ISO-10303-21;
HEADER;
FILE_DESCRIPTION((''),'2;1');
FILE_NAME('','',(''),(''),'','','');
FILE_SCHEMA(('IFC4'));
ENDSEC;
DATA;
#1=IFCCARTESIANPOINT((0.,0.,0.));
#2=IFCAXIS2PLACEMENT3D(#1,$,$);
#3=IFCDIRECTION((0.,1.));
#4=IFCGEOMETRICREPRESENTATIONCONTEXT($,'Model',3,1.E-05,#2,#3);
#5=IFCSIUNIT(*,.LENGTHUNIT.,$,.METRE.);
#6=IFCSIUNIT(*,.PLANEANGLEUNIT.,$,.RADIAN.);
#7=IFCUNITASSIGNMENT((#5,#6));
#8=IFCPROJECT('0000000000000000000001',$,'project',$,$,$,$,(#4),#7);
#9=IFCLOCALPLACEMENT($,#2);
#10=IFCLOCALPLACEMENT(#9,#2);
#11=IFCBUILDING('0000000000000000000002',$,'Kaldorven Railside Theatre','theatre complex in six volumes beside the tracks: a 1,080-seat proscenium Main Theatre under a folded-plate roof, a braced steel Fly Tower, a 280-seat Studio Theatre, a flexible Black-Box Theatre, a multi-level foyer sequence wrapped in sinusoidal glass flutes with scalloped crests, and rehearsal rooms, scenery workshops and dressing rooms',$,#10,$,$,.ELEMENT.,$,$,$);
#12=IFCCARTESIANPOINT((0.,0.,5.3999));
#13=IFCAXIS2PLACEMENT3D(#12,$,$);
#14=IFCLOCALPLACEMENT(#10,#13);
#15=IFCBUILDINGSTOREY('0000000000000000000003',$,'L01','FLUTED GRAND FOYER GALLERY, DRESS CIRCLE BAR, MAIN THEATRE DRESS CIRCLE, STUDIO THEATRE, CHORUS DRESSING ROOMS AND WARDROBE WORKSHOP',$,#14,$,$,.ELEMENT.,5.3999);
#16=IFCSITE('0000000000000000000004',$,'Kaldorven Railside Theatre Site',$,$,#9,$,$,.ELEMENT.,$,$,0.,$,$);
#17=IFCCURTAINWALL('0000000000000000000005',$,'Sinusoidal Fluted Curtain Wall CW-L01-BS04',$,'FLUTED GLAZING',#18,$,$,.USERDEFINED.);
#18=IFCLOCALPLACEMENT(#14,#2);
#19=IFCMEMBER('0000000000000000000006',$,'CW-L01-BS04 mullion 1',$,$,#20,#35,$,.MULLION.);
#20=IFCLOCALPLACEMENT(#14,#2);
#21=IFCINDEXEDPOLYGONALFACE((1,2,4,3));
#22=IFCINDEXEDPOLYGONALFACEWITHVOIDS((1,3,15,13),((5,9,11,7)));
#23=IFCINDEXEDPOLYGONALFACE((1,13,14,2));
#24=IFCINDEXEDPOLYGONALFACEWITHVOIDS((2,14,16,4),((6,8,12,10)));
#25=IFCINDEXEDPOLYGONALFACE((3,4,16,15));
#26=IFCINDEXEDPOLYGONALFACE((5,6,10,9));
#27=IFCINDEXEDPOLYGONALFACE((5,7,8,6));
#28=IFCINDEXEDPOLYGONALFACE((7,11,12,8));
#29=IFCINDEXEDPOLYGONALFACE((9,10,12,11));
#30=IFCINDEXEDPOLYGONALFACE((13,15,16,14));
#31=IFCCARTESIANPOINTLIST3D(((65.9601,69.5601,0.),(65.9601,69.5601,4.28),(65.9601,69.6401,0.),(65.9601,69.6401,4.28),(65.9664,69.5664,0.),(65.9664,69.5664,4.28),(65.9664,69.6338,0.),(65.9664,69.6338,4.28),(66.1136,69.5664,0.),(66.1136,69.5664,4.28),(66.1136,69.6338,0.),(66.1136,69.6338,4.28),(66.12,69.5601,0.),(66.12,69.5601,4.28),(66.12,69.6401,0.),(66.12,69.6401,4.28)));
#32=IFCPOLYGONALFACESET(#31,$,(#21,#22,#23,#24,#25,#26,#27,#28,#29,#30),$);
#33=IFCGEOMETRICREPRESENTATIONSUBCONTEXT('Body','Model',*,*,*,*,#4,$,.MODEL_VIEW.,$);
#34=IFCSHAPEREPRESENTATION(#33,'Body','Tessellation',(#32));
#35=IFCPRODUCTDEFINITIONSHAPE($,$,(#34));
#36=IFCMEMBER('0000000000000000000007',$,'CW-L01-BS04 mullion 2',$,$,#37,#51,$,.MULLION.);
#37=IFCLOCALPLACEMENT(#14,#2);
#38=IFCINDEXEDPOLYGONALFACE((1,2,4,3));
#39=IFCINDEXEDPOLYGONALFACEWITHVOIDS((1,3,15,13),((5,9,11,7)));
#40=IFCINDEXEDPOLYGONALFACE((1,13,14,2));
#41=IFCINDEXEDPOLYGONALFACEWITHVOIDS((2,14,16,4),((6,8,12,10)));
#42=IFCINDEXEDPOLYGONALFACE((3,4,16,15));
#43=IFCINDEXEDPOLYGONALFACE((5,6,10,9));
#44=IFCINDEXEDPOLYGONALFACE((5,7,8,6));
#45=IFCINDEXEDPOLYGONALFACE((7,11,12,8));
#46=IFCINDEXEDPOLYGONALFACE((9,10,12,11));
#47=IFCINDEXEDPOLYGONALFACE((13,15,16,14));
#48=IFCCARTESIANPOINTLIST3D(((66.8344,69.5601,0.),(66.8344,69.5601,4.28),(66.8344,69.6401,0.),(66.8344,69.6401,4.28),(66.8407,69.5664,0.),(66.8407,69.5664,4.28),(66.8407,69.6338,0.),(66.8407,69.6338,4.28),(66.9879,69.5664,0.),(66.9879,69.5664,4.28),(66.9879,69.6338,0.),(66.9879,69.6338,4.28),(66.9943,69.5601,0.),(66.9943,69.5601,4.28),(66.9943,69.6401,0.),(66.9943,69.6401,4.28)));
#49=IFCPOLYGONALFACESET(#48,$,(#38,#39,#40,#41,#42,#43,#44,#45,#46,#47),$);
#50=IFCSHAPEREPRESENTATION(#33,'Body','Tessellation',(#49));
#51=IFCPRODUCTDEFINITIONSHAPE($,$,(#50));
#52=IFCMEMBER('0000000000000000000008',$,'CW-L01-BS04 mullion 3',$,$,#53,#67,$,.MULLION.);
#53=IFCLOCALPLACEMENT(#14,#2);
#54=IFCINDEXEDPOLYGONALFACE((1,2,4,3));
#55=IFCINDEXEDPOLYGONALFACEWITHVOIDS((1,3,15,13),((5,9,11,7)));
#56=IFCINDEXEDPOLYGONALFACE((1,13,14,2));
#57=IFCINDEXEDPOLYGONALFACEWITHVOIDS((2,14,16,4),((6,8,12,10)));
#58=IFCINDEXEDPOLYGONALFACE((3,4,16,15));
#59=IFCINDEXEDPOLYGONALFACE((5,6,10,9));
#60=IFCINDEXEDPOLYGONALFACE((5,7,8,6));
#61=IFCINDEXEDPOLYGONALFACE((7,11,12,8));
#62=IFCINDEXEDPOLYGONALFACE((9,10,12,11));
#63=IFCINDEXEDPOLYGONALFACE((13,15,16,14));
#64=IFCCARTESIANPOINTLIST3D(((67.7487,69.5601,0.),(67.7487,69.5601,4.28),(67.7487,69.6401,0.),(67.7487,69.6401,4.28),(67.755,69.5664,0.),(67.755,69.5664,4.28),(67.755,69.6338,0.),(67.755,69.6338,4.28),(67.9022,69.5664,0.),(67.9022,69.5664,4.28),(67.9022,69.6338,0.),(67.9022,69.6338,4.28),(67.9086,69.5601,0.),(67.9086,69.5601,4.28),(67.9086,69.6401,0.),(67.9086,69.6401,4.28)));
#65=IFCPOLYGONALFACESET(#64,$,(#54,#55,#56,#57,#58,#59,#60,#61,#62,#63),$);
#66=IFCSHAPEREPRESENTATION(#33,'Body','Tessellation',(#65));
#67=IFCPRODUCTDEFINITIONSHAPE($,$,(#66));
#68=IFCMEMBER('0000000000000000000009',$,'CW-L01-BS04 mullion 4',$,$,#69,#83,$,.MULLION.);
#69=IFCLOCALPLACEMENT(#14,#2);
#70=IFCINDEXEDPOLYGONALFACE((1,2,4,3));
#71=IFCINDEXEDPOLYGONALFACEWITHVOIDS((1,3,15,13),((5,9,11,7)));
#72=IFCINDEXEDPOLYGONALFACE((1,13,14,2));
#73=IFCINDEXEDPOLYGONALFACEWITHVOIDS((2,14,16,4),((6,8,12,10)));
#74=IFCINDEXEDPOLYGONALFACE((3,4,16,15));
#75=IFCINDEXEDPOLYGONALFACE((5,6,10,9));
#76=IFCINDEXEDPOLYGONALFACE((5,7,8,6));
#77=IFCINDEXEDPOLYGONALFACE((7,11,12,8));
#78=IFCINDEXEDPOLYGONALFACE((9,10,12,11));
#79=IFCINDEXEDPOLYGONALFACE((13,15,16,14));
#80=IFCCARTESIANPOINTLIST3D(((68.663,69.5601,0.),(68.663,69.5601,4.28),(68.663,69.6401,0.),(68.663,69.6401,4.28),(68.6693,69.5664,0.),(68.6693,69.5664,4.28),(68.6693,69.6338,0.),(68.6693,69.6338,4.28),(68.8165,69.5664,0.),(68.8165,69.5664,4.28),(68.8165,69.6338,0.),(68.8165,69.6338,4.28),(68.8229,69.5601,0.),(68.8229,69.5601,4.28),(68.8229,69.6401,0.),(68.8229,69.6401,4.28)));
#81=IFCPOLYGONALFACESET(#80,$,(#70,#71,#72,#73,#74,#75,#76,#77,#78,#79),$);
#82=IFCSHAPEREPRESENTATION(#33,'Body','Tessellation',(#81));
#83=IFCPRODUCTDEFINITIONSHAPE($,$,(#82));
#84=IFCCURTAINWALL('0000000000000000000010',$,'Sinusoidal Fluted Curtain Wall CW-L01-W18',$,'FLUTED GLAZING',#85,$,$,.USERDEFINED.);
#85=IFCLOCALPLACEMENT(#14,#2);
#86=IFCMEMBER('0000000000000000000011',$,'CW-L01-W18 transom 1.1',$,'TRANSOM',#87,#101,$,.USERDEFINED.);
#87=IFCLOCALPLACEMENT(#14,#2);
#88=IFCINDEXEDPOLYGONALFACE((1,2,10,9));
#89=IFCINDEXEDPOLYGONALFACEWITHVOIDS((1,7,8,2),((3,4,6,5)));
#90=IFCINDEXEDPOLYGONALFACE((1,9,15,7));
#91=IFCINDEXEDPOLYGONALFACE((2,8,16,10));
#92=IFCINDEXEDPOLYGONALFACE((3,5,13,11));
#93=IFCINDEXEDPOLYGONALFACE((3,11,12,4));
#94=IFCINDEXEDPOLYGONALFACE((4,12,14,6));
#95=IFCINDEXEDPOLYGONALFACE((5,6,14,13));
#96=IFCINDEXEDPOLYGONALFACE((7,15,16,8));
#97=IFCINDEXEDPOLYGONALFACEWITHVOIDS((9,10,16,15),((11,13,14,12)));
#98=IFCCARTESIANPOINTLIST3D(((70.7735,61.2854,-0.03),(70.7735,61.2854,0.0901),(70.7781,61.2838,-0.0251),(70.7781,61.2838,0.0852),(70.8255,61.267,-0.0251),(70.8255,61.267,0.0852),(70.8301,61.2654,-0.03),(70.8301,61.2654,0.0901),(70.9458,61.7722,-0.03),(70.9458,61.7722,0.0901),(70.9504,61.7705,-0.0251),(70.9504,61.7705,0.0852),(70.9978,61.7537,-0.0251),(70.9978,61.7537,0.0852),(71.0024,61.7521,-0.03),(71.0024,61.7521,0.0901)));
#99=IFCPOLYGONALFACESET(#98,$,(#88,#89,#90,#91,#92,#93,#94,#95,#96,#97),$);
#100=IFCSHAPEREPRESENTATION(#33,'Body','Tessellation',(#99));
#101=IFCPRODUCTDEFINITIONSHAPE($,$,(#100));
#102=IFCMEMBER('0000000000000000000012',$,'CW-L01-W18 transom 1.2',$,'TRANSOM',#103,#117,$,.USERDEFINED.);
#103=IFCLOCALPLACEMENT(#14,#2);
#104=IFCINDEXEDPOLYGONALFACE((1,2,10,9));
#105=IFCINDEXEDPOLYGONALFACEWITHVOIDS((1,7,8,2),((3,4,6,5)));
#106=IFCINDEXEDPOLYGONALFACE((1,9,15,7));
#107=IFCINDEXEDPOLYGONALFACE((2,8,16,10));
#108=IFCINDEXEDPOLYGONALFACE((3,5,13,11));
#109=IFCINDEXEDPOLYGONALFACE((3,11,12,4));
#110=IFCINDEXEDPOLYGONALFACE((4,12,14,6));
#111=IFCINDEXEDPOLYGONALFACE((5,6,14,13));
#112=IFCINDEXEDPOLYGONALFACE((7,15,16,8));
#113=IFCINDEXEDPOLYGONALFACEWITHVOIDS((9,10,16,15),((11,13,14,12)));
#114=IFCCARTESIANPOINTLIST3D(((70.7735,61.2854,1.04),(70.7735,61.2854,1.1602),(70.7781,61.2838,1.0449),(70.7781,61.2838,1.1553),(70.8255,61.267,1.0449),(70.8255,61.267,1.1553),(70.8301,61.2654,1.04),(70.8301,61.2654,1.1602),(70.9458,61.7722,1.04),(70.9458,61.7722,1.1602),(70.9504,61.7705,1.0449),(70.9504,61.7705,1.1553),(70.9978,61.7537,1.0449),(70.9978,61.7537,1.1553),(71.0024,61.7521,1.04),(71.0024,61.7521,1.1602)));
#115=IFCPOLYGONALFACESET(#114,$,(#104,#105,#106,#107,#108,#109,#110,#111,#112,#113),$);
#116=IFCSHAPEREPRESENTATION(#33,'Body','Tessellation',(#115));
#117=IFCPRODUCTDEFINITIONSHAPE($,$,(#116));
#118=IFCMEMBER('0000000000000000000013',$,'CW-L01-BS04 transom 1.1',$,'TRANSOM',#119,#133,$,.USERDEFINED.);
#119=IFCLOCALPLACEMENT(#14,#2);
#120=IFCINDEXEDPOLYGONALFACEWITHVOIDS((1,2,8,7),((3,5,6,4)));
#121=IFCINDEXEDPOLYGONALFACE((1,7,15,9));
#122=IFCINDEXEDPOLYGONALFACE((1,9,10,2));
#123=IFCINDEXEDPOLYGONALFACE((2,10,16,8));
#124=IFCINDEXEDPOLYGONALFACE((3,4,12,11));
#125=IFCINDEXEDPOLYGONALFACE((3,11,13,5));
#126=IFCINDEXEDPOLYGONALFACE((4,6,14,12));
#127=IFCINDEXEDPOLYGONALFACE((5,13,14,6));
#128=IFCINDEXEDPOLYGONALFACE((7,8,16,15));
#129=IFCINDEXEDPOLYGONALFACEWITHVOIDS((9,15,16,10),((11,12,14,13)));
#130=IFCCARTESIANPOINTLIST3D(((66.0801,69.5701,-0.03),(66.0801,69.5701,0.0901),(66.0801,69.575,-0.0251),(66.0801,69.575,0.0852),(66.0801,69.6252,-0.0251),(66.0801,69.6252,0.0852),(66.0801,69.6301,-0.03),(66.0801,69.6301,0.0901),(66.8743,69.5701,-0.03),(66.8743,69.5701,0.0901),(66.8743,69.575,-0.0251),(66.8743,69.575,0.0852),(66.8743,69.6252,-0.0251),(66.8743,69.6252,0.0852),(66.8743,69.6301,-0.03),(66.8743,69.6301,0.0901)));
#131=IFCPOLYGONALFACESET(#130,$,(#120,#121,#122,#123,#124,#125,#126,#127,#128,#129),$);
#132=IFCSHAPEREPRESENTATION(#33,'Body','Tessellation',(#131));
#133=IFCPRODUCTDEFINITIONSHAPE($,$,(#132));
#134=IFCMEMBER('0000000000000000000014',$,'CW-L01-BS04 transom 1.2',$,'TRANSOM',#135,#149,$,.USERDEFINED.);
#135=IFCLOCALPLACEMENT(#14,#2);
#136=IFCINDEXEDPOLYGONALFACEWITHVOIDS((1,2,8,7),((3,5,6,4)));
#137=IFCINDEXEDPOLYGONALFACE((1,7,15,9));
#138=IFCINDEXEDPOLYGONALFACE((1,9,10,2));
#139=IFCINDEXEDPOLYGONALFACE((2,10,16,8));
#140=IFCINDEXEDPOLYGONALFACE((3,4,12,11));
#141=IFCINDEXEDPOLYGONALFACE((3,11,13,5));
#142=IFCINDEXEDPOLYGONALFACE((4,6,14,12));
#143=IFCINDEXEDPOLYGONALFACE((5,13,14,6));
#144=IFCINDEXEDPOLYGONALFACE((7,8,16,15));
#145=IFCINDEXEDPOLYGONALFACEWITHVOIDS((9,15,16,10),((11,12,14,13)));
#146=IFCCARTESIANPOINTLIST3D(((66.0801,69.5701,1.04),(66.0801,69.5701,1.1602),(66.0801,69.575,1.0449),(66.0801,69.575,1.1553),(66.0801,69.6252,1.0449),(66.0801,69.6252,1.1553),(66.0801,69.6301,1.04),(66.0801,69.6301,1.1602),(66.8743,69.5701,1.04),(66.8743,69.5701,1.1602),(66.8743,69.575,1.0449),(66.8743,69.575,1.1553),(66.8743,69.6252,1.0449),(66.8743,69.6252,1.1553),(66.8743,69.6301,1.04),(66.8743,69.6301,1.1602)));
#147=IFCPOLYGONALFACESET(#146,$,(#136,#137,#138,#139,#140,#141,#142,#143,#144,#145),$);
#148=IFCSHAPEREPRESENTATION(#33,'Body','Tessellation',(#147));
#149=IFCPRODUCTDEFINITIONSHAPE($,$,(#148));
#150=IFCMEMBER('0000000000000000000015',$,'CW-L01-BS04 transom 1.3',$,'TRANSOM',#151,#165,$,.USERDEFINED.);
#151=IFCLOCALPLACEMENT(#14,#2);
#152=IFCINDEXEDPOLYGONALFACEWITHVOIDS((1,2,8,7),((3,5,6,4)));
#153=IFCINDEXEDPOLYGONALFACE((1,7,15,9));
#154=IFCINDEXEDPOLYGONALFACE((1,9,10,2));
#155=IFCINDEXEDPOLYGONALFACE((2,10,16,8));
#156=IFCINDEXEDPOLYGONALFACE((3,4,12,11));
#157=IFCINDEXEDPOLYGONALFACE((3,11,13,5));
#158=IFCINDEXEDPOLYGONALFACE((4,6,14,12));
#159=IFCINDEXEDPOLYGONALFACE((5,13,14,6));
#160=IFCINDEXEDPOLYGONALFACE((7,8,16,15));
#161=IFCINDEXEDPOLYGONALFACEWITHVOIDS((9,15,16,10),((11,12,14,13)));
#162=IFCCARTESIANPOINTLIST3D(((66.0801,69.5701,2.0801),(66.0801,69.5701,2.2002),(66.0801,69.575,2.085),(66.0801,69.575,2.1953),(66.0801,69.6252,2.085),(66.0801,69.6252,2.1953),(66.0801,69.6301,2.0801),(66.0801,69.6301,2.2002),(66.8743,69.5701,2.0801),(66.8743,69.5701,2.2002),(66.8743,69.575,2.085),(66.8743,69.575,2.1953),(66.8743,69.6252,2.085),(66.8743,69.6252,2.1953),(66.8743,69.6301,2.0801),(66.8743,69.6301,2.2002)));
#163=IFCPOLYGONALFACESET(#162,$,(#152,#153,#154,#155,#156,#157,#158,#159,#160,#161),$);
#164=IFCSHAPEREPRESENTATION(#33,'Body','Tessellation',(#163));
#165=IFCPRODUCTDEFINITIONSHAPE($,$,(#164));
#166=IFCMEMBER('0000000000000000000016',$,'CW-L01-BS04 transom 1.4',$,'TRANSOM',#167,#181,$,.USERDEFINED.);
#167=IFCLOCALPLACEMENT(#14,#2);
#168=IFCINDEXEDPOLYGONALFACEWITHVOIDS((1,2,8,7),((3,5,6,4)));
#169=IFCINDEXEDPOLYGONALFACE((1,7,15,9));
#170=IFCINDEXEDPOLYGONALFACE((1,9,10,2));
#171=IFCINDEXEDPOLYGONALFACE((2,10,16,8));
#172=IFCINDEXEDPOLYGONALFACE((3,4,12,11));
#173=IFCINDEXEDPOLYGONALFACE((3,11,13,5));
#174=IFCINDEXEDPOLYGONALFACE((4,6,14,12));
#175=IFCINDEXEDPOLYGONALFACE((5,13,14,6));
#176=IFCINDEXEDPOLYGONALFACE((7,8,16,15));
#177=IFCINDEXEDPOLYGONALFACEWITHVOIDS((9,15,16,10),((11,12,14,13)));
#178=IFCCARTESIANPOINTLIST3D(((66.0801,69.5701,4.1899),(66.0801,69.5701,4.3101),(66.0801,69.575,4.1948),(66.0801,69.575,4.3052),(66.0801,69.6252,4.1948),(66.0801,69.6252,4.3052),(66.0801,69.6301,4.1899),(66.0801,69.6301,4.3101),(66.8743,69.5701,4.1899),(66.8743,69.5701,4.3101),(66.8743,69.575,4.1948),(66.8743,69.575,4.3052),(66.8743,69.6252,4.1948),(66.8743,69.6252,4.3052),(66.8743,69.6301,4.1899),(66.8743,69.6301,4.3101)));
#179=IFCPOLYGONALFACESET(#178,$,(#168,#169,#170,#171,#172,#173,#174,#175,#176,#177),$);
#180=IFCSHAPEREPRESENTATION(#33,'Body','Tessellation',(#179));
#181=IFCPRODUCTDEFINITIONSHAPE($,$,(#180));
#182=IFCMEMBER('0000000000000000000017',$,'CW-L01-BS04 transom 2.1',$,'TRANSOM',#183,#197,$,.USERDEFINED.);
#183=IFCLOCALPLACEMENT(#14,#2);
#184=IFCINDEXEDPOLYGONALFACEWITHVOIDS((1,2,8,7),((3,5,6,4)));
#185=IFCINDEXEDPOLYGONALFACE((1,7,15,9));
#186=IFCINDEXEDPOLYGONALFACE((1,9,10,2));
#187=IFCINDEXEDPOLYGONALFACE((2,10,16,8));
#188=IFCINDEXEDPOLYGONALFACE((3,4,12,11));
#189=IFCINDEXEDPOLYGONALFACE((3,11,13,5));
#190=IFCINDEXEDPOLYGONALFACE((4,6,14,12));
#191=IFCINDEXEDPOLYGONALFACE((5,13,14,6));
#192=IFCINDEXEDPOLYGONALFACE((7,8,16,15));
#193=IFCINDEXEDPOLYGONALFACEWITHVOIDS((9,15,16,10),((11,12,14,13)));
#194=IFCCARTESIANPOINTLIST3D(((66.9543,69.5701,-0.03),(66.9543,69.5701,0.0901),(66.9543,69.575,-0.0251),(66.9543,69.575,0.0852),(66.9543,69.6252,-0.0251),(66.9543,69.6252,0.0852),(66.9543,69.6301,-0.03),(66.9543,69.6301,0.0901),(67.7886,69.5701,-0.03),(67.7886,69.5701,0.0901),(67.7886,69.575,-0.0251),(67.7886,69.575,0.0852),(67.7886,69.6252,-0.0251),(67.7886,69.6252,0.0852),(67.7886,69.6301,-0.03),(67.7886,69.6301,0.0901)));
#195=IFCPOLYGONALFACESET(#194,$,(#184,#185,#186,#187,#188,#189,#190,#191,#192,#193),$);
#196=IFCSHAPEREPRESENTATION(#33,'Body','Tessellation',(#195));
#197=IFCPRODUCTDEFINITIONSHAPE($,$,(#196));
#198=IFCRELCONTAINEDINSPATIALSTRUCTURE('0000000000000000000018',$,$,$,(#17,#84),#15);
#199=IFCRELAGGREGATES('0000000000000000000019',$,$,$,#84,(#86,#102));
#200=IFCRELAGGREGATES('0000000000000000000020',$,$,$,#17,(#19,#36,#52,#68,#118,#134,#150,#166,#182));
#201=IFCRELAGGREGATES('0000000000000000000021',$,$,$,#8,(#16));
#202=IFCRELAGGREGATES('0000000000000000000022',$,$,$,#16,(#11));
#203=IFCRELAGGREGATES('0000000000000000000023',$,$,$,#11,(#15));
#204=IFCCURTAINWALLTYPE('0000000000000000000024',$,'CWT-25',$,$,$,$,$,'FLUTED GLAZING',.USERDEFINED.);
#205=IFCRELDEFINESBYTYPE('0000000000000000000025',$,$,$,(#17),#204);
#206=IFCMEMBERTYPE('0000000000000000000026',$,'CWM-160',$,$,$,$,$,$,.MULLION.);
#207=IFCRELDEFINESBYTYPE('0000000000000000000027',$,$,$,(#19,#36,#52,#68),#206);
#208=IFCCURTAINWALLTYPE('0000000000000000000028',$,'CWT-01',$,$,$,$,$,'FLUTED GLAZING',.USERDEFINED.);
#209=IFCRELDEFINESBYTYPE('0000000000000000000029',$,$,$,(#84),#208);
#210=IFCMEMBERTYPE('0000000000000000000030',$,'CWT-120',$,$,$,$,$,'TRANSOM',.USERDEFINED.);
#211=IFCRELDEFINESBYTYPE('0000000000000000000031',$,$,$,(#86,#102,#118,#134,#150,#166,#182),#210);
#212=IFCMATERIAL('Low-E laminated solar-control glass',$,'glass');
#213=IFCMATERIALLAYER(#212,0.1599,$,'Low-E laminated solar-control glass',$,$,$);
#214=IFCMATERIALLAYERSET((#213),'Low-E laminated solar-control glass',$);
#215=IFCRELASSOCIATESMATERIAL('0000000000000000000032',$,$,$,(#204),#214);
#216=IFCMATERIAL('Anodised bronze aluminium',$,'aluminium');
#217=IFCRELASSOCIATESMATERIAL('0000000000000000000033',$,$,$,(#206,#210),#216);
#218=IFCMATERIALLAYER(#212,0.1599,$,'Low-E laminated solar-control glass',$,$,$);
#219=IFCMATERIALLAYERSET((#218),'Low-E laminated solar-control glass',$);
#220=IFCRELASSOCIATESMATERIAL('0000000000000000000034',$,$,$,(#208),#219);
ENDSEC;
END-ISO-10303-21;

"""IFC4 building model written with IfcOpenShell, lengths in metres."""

from ifc_helpers import new_model, si_unit, direction, frame, origin, origin_2d, place, context, subcontext, project, spatial, hollow_rectangle, extrude, material, layer, layer_set, material_profile, profile_set, type_object, element, aggregate, save


model = new_model("IFC4")

# Units and contexts
model_context = context("Model", 3, precision=1e-05, world=origin(), true_north=direction((0.0, 1.0)))
body_context = subcontext(model_context, "Body", "Model", "MODEL_VIEW")
ifc_project = project(units=[si_unit("LENGTHUNIT", "METRE"), si_unit("PLANEANGLEUNIT", "RADIAN")], contexts=[model_context])

# Site, building, storey
site_placement = place(None, origin())
site = spatial("IfcSite", under=ifc_project, at=site_placement, Name="Kaldorven Railside Theatre Site", CompositionType="ELEMENT", RefElevation=0.0)
building_placement = place(site_placement, origin())
building = spatial("IfcBuilding", under=site, at=building_placement, Name="Kaldorven Railside Theatre", Description="theatre complex in six volumes beside the tracks: a 1,080-seat proscenium Main Theatre under a folded-plate roof, a braced steel Fly Tower, a 280-seat Studio Theatre, a flexible Black-Box Theatre, a multi-level foyer sequence wrapped in sinusoidal glass flutes with scalloped crests, and rehearsal rooms, scenery workshops and dressing rooms", CompositionType="ELEMENT")
storey_placement = place(building_placement, frame((0.0, 0.0, 5.3999)))
storey = spatial("IfcBuildingStorey", under=building, at=storey_placement, Name="L01", Description="FLUTED GRAND FOYER GALLERY, DRESS CIRCLE BAR, MAIN THEATRE DRESS CIRCLE, STUDIO THEATRE, CHORUS DRESSING ROOMS AND WARDROBE WORKSHOP", CompositionType="ELEMENT", Elevation=5.3999)

# Curtain walls, members
ifc_material_1 = material(Name="Low-E laminated solar-control glass", Category="glass")
ifc_layer_1 = layer(ifc_material_1, 0.1599, Name="Low-E laminated solar-control glass")
ifc_layer_set_1 = layer_set([ifc_layer_1], Name="Low-E laminated solar-control glass")
curtain_wall_type_1 = type_object("IfcCurtainWallType", Name="CWT-25", ElementType="FLUTED GLAZING", PredefinedType="USERDEFINED", material=ifc_layer_set_1)
curtain_wall_1_placement = place(storey_placement, origin())
curtain_wall_1 = element("IfcCurtainWall", 1, at=curtain_wall_1_placement, inside=storey, type_object=curtain_wall_type_1, Name="Sinusoidal Fluted Curtain Wall CW-L01-BS04", ObjectType="FLUTED GLAZING", PredefinedType="USERDEFINED")
ifc_material_2 = material(Name="Anodised bronze aluminium", Category="aluminium")
ifc_material_profile_1 = material_profile(ifc_material_2, hollow_rectangle(XDim=0.0801, YDim=0.1599, WallThickness=0.0063, at=origin_2d()), Name="RHS 160x80x6.3")
ifc_profile_set_1 = profile_set([ifc_material_profile_1], Name="Anodised bronze aluminium")
member_type_1 = type_object("IfcMemberType", Name="CWM-160", PredefinedType="MULLION", material=ifc_profile_set_1)
member_1_placement = place(storey_placement, frame((66.04, 69.6001, 0.0), z_axis=(0.0, 0.0, 1.0), x_axis=(0.0, 1.0, 0.0)))
member_1 = element("IfcMember", 2, at=member_1_placement, type_object=member_type_1, Name="CW-L01-BS04 mullion 1", PredefinedType="MULLION", context=body_context, shape_type="SweptSolid", body=[
    extrude(hollow_rectangle(XDim=0.0801, YDim=0.1599, WallThickness=0.0063, at=origin_2d()), origin(), (0.0, 0.0, 1.0), 4.28),
])
member_2_placement = place(storey_placement, frame((66.9143, 69.6001, 0.0), z_axis=(0.0, 0.0, 1.0), x_axis=(0.0, 1.0, 0.0)))
member_2 = element("IfcMember", 3, at=member_2_placement, type_object=member_type_1, Name="CW-L01-BS04 mullion 2", PredefinedType="MULLION", context=body_context, shape_type="SweptSolid", body=[
    extrude(hollow_rectangle(XDim=0.0801, YDim=0.1599, WallThickness=0.0063, at=origin_2d()), origin(), (0.0, 0.0, 1.0), 4.28),
])
member_3_placement = place(storey_placement, frame((67.8286, 69.6001, 0.0), z_axis=(0.0, 0.0, 1.0), x_axis=(0.0, 1.0, 0.0)))
member_3 = element("IfcMember", 4, at=member_3_placement, type_object=member_type_1, Name="CW-L01-BS04 mullion 3", PredefinedType="MULLION", context=body_context, shape_type="SweptSolid", body=[
    extrude(hollow_rectangle(XDim=0.0801, YDim=0.1599, WallThickness=0.0063, at=origin_2d()), origin(), (0.0, 0.0, 1.0), 4.28),
])
member_4_placement = place(storey_placement, frame((68.7429, 69.6001, 0.0), z_axis=(0.0, 0.0, 1.0), x_axis=(0.0, 1.0, 0.0)))
member_4 = element("IfcMember", 5, at=member_4_placement, type_object=member_type_1, Name="CW-L01-BS04 mullion 4", PredefinedType="MULLION", context=body_context, shape_type="SweptSolid", body=[
    extrude(hollow_rectangle(XDim=0.0801, YDim=0.1599, WallThickness=0.0063, at=origin_2d()), origin(), (0.0, 0.0, 1.0), 4.28),
])
ifc_layer_2 = layer(ifc_material_1, 0.1599, Name="Low-E laminated solar-control glass")
ifc_layer_set_2 = layer_set([ifc_layer_2], Name="Low-E laminated solar-control glass")
curtain_wall_type_2 = type_object("IfcCurtainWallType", Name="CWT-01", ElementType="FLUTED GLAZING", PredefinedType="USERDEFINED", material=ifc_layer_set_2)
curtain_wall_2_placement = place(storey_placement, origin())
curtain_wall_2 = element("IfcCurtainWall", 6, at=curtain_wall_2_placement, inside=storey, type_object=curtain_wall_type_2, Name="Sinusoidal Fluted Curtain Wall CW-L01-W18", ObjectType="FLUTED GLAZING", PredefinedType="USERDEFINED")
ifc_material_profile_2 = material_profile(ifc_material_2, hollow_rectangle(XDim=0.0601, YDim=0.1201, WallThickness=0.0049, at=origin_2d()), Name="RHS 120x60x5")
ifc_profile_set_2 = profile_set([ifc_material_profile_2], Name="Anodised bronze aluminium")
member_type_2 = type_object("IfcMemberType", Name="CWT-120", ElementType="TRANSOM", PredefinedType="USERDEFINED", material=ifc_profile_set_2)
member_5_placement = place(storey_placement, frame((70.8018, 61.2754, 0.03), z_axis=(0.33376, 0.942658, 0.0), x_axis=(-0.942658, 0.33376, 0.0)))
member_5 = element("IfcMember", 7, at=member_5_placement, type_object=member_type_2, Name="CW-L01-W18 transom 1.1", ObjectType="TRANSOM", PredefinedType="USERDEFINED", context=body_context, shape_type="SweptSolid", body=[
    extrude(hollow_rectangle(XDim=0.0601, YDim=0.1201, WallThickness=0.0049, at=origin_2d()), origin(), (0.0, 0.0, 1.0), 0.5164),
])
member_6_placement = place(storey_placement, frame((70.8018, 61.2754, 1.1001), z_axis=(0.33376, 0.942658, 0.0), x_axis=(-0.942658, 0.33376, 0.0)))
member_6 = element("IfcMember", 8, at=member_6_placement, type_object=member_type_2, Name="CW-L01-W18 transom 1.2", ObjectType="TRANSOM", PredefinedType="USERDEFINED", context=body_context, shape_type="SweptSolid", body=[
    extrude(hollow_rectangle(XDim=0.0601, YDim=0.1201, WallThickness=0.0049, at=origin_2d()), origin(), (0.0, 0.0, 1.0), 0.5164),
])
aggregate(curtain_wall_2, [member_5, member_6])

# Members
member_7_placement = place(storey_placement, frame((66.0801, 69.6001, 0.03), z_axis=(1.0, 0.0, 0.0), x_axis=(0.0, 1.0, 0.0)))
member_7 = element("IfcMember", 9, at=member_7_placement, type_object=member_type_2, Name="CW-L01-BS04 transom 1.1", ObjectType="TRANSOM", PredefinedType="USERDEFINED", context=body_context, shape_type="SweptSolid", body=[
    extrude(hollow_rectangle(XDim=0.0601, YDim=0.1201, WallThickness=0.0049, at=origin_2d()), origin(), (0.0, 0.0, 1.0), 0.7942),
])
member_8_placement = place(storey_placement, frame((66.0801, 69.6001, 1.1001), z_axis=(1.0, 0.0, 0.0), x_axis=(0.0, 1.0, 0.0)))
member_8 = element("IfcMember", 10, at=member_8_placement, type_object=member_type_2, Name="CW-L01-BS04 transom 1.2", ObjectType="TRANSOM", PredefinedType="USERDEFINED", context=body_context, shape_type="SweptSolid", body=[
    extrude(hollow_rectangle(XDim=0.0601, YDim=0.1201, WallThickness=0.0049, at=origin_2d()), origin(), (0.0, 0.0, 1.0), 0.7942),
])
member_9_placement = place(storey_placement, frame((66.0801, 69.6001, 2.1401), z_axis=(1.0, 0.0, 0.0), x_axis=(0.0, 1.0, 0.0)))
member_9 = element("IfcMember", 11, at=member_9_placement, type_object=member_type_2, Name="CW-L01-BS04 transom 1.3", ObjectType="TRANSOM", PredefinedType="USERDEFINED", context=body_context, shape_type="SweptSolid", body=[
    extrude(hollow_rectangle(XDim=0.0601, YDim=0.1201, WallThickness=0.0049, at=origin_2d()), origin(), (0.0, 0.0, 1.0), 0.7942),
])
member_10_placement = place(storey_placement, frame((66.0801, 69.6001, 4.25), z_axis=(1.0, 0.0, 0.0), x_axis=(0.0, 1.0, 0.0)))
member_10 = element("IfcMember", 12, at=member_10_placement, type_object=member_type_2, Name="CW-L01-BS04 transom 1.4", ObjectType="TRANSOM", PredefinedType="USERDEFINED", context=body_context, shape_type="SweptSolid", body=[
    extrude(hollow_rectangle(XDim=0.0601, YDim=0.1201, WallThickness=0.0049, at=origin_2d()), origin(), (0.0, 0.0, 1.0), 0.7942),
])
member_11_placement = place(storey_placement, frame((66.9543, 69.6001, 0.03), z_axis=(1.0, 0.0, 0.0), x_axis=(0.0, 1.0, 0.0)))
member_11 = element("IfcMember", 13, at=member_11_placement, type_object=member_type_2, Name="CW-L01-BS04 transom 2.1", ObjectType="TRANSOM", PredefinedType="USERDEFINED", context=body_context, shape_type="SweptSolid", body=[
    extrude(hollow_rectangle(XDim=0.0601, YDim=0.1201, WallThickness=0.0049, at=origin_2d()), origin(), (0.0, 0.0, 1.0), 0.8342),
])

aggregate(curtain_wall_1, [member_1, member_2, member_3, member_4, member_7, member_8, member_9, member_10, member_11])

save(model, "model.ifc")
